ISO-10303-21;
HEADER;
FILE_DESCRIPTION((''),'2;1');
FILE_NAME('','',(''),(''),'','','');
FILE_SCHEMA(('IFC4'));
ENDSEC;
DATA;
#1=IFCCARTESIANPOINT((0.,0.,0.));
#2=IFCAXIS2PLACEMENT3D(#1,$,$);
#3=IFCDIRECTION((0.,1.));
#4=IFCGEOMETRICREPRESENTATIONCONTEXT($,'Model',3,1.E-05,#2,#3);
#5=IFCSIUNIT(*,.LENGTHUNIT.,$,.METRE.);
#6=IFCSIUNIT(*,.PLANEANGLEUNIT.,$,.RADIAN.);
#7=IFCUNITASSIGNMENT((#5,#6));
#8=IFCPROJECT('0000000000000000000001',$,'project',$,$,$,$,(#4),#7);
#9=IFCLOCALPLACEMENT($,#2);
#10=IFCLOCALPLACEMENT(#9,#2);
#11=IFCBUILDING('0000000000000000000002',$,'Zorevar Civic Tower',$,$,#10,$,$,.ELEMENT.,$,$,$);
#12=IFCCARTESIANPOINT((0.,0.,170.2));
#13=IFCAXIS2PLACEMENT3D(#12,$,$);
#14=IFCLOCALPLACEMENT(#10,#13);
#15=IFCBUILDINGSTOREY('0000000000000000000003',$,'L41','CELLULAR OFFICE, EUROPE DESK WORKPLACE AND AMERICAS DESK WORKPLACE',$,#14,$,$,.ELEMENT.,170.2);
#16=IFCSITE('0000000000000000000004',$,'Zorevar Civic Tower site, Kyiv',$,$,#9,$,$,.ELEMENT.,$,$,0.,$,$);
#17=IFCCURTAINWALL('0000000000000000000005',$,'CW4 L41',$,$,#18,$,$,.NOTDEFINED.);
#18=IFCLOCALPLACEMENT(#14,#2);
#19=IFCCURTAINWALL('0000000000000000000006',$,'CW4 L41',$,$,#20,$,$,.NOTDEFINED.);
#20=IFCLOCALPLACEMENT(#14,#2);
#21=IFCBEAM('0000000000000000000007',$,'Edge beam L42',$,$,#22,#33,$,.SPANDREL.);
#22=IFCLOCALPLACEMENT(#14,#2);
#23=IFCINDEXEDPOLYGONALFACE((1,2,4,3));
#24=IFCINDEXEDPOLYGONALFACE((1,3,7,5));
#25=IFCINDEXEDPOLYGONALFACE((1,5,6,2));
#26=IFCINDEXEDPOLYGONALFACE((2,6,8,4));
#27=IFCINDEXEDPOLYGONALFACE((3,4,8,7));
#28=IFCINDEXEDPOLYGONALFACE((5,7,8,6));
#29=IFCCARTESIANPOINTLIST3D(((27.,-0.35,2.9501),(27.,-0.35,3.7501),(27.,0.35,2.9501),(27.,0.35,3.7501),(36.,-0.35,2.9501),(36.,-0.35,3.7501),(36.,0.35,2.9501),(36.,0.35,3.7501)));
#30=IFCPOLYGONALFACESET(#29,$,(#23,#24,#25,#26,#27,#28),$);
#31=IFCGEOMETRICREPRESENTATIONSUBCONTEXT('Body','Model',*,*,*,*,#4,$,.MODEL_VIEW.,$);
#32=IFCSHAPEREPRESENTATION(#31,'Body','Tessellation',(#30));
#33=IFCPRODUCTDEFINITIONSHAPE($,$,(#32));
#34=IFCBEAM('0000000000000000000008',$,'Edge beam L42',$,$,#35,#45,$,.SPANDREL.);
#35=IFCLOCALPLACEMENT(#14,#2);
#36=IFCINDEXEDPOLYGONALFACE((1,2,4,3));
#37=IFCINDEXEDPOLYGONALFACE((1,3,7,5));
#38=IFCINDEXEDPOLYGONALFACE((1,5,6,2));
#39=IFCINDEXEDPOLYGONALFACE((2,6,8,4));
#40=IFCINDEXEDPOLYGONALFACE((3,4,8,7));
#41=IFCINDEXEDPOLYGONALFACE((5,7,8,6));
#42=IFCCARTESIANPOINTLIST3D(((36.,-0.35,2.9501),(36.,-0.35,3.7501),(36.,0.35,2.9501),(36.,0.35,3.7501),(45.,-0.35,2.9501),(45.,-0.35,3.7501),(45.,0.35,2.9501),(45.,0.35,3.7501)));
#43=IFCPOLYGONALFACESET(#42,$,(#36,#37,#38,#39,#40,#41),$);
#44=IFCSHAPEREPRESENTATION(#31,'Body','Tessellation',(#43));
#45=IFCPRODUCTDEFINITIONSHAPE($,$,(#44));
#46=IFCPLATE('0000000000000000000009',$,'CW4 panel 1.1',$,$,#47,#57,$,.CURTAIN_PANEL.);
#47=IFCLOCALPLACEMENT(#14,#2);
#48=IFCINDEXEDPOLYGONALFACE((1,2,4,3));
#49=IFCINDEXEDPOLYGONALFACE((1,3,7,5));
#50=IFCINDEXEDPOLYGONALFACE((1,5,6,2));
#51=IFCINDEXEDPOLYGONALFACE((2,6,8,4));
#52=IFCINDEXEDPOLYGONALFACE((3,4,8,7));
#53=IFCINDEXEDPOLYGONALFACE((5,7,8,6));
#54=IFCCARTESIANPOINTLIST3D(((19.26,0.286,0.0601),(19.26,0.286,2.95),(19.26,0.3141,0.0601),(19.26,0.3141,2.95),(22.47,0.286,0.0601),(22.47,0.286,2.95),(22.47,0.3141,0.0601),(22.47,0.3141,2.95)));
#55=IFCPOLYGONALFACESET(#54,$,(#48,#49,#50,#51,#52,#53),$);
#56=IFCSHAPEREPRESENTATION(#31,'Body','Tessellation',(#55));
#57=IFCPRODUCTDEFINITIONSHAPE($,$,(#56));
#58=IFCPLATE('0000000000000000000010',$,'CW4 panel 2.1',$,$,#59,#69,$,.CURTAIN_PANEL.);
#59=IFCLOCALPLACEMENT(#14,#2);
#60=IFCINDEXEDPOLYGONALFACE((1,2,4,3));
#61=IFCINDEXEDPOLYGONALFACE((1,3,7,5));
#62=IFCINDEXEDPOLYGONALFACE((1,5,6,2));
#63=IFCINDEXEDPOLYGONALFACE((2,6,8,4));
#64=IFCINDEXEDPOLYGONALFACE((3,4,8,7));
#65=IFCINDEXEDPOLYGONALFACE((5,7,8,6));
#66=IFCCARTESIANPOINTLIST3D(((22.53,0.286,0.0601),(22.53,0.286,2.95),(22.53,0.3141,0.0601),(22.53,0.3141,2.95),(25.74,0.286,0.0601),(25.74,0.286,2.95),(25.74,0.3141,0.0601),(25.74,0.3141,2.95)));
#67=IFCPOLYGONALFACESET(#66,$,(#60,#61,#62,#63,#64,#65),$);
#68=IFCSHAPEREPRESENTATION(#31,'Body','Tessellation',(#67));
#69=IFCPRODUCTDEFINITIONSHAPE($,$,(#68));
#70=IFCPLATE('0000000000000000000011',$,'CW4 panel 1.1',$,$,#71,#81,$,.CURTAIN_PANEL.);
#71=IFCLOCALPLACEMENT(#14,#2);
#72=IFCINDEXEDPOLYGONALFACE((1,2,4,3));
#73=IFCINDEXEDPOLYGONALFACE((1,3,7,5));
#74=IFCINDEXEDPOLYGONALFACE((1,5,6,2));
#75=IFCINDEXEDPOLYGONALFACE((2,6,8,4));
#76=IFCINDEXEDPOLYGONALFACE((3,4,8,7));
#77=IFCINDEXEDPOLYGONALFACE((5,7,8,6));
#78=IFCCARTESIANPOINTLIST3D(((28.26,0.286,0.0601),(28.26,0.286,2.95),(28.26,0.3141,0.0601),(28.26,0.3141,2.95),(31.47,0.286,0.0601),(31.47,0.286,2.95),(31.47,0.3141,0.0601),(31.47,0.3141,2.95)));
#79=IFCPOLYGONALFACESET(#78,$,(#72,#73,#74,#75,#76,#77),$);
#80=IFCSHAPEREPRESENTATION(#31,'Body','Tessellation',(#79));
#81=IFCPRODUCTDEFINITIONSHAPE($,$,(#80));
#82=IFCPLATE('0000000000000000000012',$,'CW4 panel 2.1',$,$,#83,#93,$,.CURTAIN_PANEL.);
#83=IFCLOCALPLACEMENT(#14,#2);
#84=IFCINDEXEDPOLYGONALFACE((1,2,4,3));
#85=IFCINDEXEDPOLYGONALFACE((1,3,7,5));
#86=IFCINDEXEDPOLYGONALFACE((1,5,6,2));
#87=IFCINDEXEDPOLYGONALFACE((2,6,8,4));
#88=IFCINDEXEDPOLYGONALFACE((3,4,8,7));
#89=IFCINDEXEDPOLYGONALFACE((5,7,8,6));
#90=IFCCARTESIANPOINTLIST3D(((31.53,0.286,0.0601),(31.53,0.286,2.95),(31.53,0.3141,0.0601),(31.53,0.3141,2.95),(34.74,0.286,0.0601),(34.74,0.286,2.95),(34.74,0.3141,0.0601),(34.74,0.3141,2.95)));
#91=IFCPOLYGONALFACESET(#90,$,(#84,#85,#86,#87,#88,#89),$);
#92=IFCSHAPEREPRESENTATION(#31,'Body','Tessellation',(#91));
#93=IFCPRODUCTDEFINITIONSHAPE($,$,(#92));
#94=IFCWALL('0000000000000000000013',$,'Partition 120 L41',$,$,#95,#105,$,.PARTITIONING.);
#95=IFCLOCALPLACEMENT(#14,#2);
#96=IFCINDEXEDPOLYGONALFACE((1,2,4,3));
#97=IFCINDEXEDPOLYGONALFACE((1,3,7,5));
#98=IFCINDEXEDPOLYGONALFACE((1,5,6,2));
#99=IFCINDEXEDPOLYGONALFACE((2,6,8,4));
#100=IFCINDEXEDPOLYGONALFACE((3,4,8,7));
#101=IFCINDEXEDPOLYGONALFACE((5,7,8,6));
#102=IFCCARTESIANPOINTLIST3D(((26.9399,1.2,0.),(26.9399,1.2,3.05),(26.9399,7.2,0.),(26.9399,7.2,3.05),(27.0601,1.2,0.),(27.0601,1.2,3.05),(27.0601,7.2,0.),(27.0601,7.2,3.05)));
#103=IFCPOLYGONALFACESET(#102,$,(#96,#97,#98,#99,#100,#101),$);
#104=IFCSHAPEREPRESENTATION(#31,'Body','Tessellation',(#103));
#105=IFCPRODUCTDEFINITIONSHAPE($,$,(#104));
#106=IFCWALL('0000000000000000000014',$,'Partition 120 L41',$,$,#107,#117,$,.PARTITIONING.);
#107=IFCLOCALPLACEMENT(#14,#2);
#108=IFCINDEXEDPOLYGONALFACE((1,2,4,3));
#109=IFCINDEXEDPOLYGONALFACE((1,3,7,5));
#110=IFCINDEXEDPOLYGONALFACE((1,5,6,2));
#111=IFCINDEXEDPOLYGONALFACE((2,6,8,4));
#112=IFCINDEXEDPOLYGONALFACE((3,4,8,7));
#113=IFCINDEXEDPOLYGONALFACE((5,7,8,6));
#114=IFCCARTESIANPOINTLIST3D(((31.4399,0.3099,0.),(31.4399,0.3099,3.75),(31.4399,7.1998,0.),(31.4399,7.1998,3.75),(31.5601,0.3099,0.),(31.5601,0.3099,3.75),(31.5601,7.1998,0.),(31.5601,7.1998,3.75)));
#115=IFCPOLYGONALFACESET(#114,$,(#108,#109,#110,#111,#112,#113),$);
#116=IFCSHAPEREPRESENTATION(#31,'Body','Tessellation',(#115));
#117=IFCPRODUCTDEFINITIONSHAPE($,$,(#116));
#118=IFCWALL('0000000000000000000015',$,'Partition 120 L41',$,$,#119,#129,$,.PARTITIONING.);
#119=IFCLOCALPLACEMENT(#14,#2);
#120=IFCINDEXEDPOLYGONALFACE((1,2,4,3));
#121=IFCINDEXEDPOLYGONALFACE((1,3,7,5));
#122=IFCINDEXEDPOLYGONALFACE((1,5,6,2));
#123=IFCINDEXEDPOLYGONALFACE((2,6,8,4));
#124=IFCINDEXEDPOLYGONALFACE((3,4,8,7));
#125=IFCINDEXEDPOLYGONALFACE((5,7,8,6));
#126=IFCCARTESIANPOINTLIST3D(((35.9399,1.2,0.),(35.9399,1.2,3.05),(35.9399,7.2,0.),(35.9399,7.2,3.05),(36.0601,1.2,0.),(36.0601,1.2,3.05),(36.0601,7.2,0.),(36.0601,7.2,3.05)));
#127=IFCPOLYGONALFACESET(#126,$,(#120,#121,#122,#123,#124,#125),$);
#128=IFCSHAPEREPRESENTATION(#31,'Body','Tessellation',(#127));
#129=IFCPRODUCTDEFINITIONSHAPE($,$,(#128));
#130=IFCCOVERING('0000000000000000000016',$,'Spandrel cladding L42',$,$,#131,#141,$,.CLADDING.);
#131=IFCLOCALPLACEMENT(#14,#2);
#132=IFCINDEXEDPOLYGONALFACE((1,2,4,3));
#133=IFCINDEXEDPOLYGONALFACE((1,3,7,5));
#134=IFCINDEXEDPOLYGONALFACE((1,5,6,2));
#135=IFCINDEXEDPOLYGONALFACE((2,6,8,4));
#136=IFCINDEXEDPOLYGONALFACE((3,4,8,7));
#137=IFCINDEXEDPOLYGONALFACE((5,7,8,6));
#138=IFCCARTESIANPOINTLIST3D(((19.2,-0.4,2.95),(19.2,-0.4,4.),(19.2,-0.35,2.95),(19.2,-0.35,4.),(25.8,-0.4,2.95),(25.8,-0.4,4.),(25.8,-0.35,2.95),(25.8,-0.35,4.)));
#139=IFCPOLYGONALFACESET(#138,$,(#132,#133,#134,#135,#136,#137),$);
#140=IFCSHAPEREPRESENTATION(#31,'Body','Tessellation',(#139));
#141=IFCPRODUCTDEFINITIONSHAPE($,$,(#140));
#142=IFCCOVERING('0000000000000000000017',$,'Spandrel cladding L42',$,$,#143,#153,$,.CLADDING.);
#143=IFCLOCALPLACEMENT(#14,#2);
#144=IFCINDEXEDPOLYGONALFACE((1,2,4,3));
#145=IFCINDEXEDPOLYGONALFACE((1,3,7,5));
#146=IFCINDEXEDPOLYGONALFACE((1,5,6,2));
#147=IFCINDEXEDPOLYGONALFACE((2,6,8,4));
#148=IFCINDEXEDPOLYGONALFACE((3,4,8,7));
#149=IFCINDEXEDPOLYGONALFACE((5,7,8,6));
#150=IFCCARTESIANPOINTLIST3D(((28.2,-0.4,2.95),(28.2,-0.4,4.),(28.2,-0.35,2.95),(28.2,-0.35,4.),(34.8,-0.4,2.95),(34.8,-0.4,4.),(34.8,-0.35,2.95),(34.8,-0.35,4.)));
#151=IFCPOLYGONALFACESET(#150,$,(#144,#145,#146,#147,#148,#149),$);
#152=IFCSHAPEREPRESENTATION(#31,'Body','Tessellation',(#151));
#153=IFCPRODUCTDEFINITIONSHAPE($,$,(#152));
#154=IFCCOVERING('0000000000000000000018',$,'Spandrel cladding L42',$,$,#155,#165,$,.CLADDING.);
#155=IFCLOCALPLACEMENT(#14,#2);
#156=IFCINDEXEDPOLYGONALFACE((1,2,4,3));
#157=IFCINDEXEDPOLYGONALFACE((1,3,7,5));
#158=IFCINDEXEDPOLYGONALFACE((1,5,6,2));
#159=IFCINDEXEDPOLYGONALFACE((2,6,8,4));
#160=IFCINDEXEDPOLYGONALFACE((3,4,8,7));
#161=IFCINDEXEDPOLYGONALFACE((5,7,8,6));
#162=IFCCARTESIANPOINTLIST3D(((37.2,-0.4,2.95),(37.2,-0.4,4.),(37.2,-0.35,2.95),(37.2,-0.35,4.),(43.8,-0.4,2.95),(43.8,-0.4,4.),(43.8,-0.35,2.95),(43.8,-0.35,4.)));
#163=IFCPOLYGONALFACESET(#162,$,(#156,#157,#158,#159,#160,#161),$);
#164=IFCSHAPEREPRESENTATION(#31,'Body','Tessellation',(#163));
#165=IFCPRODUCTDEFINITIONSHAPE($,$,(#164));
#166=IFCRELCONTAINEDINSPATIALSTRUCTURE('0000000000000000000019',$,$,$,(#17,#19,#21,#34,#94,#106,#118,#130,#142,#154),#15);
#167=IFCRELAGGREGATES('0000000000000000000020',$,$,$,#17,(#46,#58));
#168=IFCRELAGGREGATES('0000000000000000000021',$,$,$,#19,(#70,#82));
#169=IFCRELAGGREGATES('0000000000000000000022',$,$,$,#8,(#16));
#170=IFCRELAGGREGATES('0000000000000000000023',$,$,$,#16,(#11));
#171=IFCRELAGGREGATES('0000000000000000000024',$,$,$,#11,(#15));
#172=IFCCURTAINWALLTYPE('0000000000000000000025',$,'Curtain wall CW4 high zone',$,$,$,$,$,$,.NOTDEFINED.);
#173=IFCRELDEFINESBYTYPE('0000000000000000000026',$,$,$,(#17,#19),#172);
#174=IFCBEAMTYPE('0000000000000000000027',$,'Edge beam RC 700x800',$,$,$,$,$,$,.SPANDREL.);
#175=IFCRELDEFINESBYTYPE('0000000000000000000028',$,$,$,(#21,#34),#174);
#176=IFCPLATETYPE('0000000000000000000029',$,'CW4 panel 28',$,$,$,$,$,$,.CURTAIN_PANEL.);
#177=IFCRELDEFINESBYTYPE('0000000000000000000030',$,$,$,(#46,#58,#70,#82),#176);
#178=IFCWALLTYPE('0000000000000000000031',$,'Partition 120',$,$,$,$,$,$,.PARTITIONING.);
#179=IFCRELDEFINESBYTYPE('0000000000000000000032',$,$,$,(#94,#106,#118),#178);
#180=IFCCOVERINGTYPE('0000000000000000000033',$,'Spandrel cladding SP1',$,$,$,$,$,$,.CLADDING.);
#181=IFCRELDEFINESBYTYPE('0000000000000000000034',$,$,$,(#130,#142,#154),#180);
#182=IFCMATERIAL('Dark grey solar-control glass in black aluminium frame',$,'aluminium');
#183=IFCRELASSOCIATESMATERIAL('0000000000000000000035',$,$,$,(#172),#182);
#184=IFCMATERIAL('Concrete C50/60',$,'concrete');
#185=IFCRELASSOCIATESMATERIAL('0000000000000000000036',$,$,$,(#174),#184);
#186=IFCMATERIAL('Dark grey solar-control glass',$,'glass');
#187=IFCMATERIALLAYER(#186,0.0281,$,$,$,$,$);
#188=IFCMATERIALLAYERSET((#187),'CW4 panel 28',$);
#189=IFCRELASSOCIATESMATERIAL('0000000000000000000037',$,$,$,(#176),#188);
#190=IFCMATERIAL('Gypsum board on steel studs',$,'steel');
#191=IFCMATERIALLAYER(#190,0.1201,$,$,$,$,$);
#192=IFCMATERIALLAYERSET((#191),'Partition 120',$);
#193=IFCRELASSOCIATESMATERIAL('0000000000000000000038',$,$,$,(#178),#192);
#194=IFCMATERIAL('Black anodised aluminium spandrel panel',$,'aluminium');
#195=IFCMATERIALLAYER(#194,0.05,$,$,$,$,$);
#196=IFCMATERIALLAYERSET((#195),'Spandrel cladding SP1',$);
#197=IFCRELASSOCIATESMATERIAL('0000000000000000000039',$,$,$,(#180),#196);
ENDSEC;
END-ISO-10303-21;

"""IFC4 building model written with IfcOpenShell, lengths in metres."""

from ifc_helpers import new_model, si_unit, direction, frame, frame_2d, origin, origin_2d, place, context, subcontext, project, spatial, rectangle, extrude, material, layer, layer_set, material_profile, profile_set, type_object, element, aggregate, save


model = new_model("IFC4")

# Units and contexts
model_context = context("Model", 3, precision=1e-05, world=origin(), true_north=direction((0.0, 1.0)))
body_context = subcontext(model_context, "Body", "Model", "MODEL_VIEW")
ifc_project = project(units=[si_unit("LENGTHUNIT", "METRE"), si_unit("PLANEANGLEUNIT", "RADIAN")], contexts=[model_context])

# Site, building, storey
site_placement = place(None, origin())
site = spatial("IfcSite", under=ifc_project, at=site_placement, Name="Zorevar Civic Tower site, Kyiv", CompositionType="ELEMENT", RefElevation=0.0)
building_placement = place(site_placement, origin())
building = spatial("IfcBuilding", under=site, at=building_placement, Name="Zorevar Civic Tower", CompositionType="ELEMENT")
storey_placement = place(building_placement, frame((0.0, 0.0, 170.2)))
storey = spatial("IfcBuildingStorey", under=building, at=storey_placement, Name="L41", Description="CELLULAR OFFICE, EUROPE DESK WORKPLACE AND AMERICAS DESK WORKPLACE", CompositionType="ELEMENT", Elevation=170.2)

# Curtain walls
ifc_material_1 = material(Name="Dark grey solar-control glass in black aluminium frame", Category="aluminium")
curtain_wall_type = type_object("IfcCurtainWallType", Name="Curtain wall CW4 high zone", PredefinedType="NOTDEFINED", material=ifc_material_1)
curtain_wall_1_placement = place(storey_placement, origin())
curtain_wall_1 = element("IfcCurtainWall", 1, at=curtain_wall_1_placement, inside=storey, type_object=curtain_wall_type, Name="CW4 L41", PredefinedType="NOTDEFINED")
curtain_wall_2_placement = place(storey_placement, origin())
curtain_wall_2 = element("IfcCurtainWall", 2, at=curtain_wall_2_placement, inside=storey, type_object=curtain_wall_type, Name="CW4 L41", PredefinedType="NOTDEFINED")

# Beams
ifc_material_2 = material(Name="Concrete C50/60", Category="concrete")
ifc_material_profile_1 = material_profile(ifc_material_2, rectangle(XDim=0.7, YDim=0.8, at=origin_2d()), Name="RC 700x800")
ifc_profile_set_1 = profile_set([ifc_material_profile_1], Name="Concrete C50/60")
beam_type_1 = type_object("IfcBeamType", Name="Edge beam RC 700x800", PredefinedType="SPANDREL", material=ifc_profile_set_1)
for number, where, z_axis, x_axis, name in (
    (3, (27.0, 0.0, 3.3501), (1.0, 0.0, 0.0), (0.0, 1.0, 0.0), "Edge beam L42"),
    (4, (36.0, 0.0, 3.3501), (1.0, 0.0, 0.0), (0.0, 1.0, 0.0), "Edge beam L42"),
):
    element("IfcBeam", number, at=place(storey_placement, frame(where, z_axis=z_axis, x_axis=x_axis)), inside=storey, type_object=beam_type_1, Name=name, PredefinedType="SPANDREL", context=body_context, shape_type="SweptSolid", body=[
        extrude(rectangle(XDim=0.7, YDim=0.8, at=origin_2d()), origin(), (0.0, 0.0, 1.0), 9.0),
    ])

# Plates
ifc_material_3 = material(Name="Dark grey solar-control glass", Category="glass")
ifc_layer_1 = layer(ifc_material_3, 0.0281)
ifc_layer_set_1 = layer_set([ifc_layer_1], Name="CW4 panel 28")
plate_type = type_object("IfcPlateType", Name="CW4 panel 28", PredefinedType="CURTAIN_PANEL", material=ifc_layer_set_1)
plate_1_placement = place(storey_placement, frame((20.865, 0.3, 0.0601), z_axis=(0.0, 0.0, 1.0), x_axis=(1.0, 0.0, 0.0)))
plate_1 = element("IfcPlate", 5, at=plate_1_placement, type_object=plate_type, Name="CW4 panel 1.1", PredefinedType="CURTAIN_PANEL", context=body_context, shape_type="SweptSolid", body=[
    extrude(rectangle(XDim=3.21, YDim=0.0281, at=origin_2d()), origin(), (0.0, 0.0, 1.0), 2.8899),
])
plate_2_placement = place(storey_placement, frame((24.135, 0.3, 0.0601), z_axis=(0.0, 0.0, 1.0), x_axis=(1.0, 0.0, 0.0)))
plate_2 = element("IfcPlate", 6, at=plate_2_placement, type_object=plate_type, Name="CW4 panel 2.1", PredefinedType="CURTAIN_PANEL", context=body_context, shape_type="SweptSolid", body=[
    extrude(rectangle(XDim=3.21, YDim=0.0281, at=origin_2d()), origin(), (0.0, 0.0, 1.0), 2.8899),
])
aggregate(curtain_wall_1, [plate_1, plate_2])
plate_3_placement = place(storey_placement, frame((29.865, 0.3, 0.0601), z_axis=(0.0, 0.0, 1.0), x_axis=(1.0, 0.0, 0.0)))
plate_3 = element("IfcPlate", 7, at=plate_3_placement, type_object=plate_type, Name="CW4 panel 1.1", PredefinedType="CURTAIN_PANEL", context=body_context, shape_type="SweptSolid", body=[
    extrude(rectangle(XDim=3.21, YDim=0.0281, at=origin_2d()), origin(), (0.0, 0.0, 1.0), 2.8899),
])
plate_4_placement = place(storey_placement, frame((33.135, 0.3, 0.0601), z_axis=(0.0, 0.0, 1.0), x_axis=(1.0, 0.0, 0.0)))
plate_4 = element("IfcPlate", 8, at=plate_4_placement, type_object=plate_type, Name="CW4 panel 2.1", PredefinedType="CURTAIN_PANEL", context=body_context, shape_type="SweptSolid", body=[
    extrude(rectangle(XDim=3.21, YDim=0.0281, at=origin_2d()), origin(), (0.0, 0.0, 1.0), 2.8899),
])
aggregate(curtain_wall_2, [plate_3, plate_4])

# Walls
ifc_material_4 = material(Name="Gypsum board on steel studs", Category="steel")
ifc_layer_2 = layer(ifc_material_4, 0.1201)
ifc_layer_set_2 = layer_set([ifc_layer_2], Name="Partition 120")
wall_type = type_object("IfcWallType", Name="Partition 120", PredefinedType="PARTITIONING", material=ifc_layer_set_2)
wall_1_placement = place(storey_placement, frame((27.0, 1.2, 0.0), z_axis=(0.0, 0.0, 1.0), x_axis=(0.0, 1.0, 0.0)))
element("IfcWall", 9, at=wall_1_placement, inside=storey, type_object=wall_type, Name="Partition 120 L41", PredefinedType="PARTITIONING", context=body_context, shape_type="SweptSolid", body=[
    extrude(rectangle(XDim=6.0, YDim=0.1201, at=frame_2d((3.0, 0.0))), origin(), (0.0, 0.0, 1.0), 3.05),
])
wall_2_placement = place(storey_placement, frame((31.5, 0.3101, 0.0), z_axis=(0.0, 0.0, 1.0), x_axis=(0.0, 1.0, 0.0)))
element("IfcWall", 10, at=wall_2_placement, inside=storey, type_object=wall_type, Name="Partition 120 L41", PredefinedType="PARTITIONING", context=body_context, shape_type="SweptSolid", body=[
    extrude(rectangle(XDim=6.8899, YDim=0.1201, at=frame_2d((3.4448, 0.0))), origin(), (0.0, 0.0, 1.0), 3.75),
])
wall_3_placement = place(storey_placement, frame((36.0, 1.2, 0.0), z_axis=(0.0, 0.0, 1.0), x_axis=(0.0, 1.0, 0.0)))
element("IfcWall", 11, at=wall_3_placement, inside=storey, type_object=wall_type, Name="Partition 120 L41", PredefinedType="PARTITIONING", context=body_context, shape_type="SweptSolid", body=[
    extrude(rectangle(XDim=6.0, YDim=0.1201, at=frame_2d((3.0, 0.0))), origin(), (0.0, 0.0, 1.0), 3.05),
])

# Coverings
ifc_material_5 = material(Name="Black anodised aluminium spandrel panel", Category="aluminium")
ifc_layer_3 = layer(ifc_material_5, 0.05)
ifc_layer_set_3 = layer_set([ifc_layer_3], Name="Spandrel cladding SP1")
covering_type = type_object("IfcCoveringType", Name="Spandrel cladding SP1", PredefinedType="CLADDING", material=ifc_layer_set_3)
for number, where, z_axis, x_axis, name in (
    (12, (19.2, -0.375, 2.95), (0.0, 0.0, 1.0), (1.0, 0.0, 0.0), "Spandrel cladding L42"),
    (13, (28.2, -0.375, 2.95), (0.0, 0.0, 1.0), (1.0, 0.0, 0.0), "Spandrel cladding L42"),
    (14, (37.2, -0.375, 2.95), (0.0, 0.0, 1.0), (1.0, 0.0, 0.0), "Spandrel cladding L42"),
):
    element("IfcCovering", number, at=place(storey_placement, frame(where, z_axis=z_axis, x_axis=x_axis)), inside=storey, type_object=covering_type, Name=name, PredefinedType="CLADDING", context=body_context, shape_type="SweptSolid", body=[
        extrude(rectangle(XDim=6.6001, YDim=0.05, at=frame_2d((3.3, 0.0))), origin(), (0.0, 0.0, 1.0), 1.05),
    ])

save(model, "model.ifc")
